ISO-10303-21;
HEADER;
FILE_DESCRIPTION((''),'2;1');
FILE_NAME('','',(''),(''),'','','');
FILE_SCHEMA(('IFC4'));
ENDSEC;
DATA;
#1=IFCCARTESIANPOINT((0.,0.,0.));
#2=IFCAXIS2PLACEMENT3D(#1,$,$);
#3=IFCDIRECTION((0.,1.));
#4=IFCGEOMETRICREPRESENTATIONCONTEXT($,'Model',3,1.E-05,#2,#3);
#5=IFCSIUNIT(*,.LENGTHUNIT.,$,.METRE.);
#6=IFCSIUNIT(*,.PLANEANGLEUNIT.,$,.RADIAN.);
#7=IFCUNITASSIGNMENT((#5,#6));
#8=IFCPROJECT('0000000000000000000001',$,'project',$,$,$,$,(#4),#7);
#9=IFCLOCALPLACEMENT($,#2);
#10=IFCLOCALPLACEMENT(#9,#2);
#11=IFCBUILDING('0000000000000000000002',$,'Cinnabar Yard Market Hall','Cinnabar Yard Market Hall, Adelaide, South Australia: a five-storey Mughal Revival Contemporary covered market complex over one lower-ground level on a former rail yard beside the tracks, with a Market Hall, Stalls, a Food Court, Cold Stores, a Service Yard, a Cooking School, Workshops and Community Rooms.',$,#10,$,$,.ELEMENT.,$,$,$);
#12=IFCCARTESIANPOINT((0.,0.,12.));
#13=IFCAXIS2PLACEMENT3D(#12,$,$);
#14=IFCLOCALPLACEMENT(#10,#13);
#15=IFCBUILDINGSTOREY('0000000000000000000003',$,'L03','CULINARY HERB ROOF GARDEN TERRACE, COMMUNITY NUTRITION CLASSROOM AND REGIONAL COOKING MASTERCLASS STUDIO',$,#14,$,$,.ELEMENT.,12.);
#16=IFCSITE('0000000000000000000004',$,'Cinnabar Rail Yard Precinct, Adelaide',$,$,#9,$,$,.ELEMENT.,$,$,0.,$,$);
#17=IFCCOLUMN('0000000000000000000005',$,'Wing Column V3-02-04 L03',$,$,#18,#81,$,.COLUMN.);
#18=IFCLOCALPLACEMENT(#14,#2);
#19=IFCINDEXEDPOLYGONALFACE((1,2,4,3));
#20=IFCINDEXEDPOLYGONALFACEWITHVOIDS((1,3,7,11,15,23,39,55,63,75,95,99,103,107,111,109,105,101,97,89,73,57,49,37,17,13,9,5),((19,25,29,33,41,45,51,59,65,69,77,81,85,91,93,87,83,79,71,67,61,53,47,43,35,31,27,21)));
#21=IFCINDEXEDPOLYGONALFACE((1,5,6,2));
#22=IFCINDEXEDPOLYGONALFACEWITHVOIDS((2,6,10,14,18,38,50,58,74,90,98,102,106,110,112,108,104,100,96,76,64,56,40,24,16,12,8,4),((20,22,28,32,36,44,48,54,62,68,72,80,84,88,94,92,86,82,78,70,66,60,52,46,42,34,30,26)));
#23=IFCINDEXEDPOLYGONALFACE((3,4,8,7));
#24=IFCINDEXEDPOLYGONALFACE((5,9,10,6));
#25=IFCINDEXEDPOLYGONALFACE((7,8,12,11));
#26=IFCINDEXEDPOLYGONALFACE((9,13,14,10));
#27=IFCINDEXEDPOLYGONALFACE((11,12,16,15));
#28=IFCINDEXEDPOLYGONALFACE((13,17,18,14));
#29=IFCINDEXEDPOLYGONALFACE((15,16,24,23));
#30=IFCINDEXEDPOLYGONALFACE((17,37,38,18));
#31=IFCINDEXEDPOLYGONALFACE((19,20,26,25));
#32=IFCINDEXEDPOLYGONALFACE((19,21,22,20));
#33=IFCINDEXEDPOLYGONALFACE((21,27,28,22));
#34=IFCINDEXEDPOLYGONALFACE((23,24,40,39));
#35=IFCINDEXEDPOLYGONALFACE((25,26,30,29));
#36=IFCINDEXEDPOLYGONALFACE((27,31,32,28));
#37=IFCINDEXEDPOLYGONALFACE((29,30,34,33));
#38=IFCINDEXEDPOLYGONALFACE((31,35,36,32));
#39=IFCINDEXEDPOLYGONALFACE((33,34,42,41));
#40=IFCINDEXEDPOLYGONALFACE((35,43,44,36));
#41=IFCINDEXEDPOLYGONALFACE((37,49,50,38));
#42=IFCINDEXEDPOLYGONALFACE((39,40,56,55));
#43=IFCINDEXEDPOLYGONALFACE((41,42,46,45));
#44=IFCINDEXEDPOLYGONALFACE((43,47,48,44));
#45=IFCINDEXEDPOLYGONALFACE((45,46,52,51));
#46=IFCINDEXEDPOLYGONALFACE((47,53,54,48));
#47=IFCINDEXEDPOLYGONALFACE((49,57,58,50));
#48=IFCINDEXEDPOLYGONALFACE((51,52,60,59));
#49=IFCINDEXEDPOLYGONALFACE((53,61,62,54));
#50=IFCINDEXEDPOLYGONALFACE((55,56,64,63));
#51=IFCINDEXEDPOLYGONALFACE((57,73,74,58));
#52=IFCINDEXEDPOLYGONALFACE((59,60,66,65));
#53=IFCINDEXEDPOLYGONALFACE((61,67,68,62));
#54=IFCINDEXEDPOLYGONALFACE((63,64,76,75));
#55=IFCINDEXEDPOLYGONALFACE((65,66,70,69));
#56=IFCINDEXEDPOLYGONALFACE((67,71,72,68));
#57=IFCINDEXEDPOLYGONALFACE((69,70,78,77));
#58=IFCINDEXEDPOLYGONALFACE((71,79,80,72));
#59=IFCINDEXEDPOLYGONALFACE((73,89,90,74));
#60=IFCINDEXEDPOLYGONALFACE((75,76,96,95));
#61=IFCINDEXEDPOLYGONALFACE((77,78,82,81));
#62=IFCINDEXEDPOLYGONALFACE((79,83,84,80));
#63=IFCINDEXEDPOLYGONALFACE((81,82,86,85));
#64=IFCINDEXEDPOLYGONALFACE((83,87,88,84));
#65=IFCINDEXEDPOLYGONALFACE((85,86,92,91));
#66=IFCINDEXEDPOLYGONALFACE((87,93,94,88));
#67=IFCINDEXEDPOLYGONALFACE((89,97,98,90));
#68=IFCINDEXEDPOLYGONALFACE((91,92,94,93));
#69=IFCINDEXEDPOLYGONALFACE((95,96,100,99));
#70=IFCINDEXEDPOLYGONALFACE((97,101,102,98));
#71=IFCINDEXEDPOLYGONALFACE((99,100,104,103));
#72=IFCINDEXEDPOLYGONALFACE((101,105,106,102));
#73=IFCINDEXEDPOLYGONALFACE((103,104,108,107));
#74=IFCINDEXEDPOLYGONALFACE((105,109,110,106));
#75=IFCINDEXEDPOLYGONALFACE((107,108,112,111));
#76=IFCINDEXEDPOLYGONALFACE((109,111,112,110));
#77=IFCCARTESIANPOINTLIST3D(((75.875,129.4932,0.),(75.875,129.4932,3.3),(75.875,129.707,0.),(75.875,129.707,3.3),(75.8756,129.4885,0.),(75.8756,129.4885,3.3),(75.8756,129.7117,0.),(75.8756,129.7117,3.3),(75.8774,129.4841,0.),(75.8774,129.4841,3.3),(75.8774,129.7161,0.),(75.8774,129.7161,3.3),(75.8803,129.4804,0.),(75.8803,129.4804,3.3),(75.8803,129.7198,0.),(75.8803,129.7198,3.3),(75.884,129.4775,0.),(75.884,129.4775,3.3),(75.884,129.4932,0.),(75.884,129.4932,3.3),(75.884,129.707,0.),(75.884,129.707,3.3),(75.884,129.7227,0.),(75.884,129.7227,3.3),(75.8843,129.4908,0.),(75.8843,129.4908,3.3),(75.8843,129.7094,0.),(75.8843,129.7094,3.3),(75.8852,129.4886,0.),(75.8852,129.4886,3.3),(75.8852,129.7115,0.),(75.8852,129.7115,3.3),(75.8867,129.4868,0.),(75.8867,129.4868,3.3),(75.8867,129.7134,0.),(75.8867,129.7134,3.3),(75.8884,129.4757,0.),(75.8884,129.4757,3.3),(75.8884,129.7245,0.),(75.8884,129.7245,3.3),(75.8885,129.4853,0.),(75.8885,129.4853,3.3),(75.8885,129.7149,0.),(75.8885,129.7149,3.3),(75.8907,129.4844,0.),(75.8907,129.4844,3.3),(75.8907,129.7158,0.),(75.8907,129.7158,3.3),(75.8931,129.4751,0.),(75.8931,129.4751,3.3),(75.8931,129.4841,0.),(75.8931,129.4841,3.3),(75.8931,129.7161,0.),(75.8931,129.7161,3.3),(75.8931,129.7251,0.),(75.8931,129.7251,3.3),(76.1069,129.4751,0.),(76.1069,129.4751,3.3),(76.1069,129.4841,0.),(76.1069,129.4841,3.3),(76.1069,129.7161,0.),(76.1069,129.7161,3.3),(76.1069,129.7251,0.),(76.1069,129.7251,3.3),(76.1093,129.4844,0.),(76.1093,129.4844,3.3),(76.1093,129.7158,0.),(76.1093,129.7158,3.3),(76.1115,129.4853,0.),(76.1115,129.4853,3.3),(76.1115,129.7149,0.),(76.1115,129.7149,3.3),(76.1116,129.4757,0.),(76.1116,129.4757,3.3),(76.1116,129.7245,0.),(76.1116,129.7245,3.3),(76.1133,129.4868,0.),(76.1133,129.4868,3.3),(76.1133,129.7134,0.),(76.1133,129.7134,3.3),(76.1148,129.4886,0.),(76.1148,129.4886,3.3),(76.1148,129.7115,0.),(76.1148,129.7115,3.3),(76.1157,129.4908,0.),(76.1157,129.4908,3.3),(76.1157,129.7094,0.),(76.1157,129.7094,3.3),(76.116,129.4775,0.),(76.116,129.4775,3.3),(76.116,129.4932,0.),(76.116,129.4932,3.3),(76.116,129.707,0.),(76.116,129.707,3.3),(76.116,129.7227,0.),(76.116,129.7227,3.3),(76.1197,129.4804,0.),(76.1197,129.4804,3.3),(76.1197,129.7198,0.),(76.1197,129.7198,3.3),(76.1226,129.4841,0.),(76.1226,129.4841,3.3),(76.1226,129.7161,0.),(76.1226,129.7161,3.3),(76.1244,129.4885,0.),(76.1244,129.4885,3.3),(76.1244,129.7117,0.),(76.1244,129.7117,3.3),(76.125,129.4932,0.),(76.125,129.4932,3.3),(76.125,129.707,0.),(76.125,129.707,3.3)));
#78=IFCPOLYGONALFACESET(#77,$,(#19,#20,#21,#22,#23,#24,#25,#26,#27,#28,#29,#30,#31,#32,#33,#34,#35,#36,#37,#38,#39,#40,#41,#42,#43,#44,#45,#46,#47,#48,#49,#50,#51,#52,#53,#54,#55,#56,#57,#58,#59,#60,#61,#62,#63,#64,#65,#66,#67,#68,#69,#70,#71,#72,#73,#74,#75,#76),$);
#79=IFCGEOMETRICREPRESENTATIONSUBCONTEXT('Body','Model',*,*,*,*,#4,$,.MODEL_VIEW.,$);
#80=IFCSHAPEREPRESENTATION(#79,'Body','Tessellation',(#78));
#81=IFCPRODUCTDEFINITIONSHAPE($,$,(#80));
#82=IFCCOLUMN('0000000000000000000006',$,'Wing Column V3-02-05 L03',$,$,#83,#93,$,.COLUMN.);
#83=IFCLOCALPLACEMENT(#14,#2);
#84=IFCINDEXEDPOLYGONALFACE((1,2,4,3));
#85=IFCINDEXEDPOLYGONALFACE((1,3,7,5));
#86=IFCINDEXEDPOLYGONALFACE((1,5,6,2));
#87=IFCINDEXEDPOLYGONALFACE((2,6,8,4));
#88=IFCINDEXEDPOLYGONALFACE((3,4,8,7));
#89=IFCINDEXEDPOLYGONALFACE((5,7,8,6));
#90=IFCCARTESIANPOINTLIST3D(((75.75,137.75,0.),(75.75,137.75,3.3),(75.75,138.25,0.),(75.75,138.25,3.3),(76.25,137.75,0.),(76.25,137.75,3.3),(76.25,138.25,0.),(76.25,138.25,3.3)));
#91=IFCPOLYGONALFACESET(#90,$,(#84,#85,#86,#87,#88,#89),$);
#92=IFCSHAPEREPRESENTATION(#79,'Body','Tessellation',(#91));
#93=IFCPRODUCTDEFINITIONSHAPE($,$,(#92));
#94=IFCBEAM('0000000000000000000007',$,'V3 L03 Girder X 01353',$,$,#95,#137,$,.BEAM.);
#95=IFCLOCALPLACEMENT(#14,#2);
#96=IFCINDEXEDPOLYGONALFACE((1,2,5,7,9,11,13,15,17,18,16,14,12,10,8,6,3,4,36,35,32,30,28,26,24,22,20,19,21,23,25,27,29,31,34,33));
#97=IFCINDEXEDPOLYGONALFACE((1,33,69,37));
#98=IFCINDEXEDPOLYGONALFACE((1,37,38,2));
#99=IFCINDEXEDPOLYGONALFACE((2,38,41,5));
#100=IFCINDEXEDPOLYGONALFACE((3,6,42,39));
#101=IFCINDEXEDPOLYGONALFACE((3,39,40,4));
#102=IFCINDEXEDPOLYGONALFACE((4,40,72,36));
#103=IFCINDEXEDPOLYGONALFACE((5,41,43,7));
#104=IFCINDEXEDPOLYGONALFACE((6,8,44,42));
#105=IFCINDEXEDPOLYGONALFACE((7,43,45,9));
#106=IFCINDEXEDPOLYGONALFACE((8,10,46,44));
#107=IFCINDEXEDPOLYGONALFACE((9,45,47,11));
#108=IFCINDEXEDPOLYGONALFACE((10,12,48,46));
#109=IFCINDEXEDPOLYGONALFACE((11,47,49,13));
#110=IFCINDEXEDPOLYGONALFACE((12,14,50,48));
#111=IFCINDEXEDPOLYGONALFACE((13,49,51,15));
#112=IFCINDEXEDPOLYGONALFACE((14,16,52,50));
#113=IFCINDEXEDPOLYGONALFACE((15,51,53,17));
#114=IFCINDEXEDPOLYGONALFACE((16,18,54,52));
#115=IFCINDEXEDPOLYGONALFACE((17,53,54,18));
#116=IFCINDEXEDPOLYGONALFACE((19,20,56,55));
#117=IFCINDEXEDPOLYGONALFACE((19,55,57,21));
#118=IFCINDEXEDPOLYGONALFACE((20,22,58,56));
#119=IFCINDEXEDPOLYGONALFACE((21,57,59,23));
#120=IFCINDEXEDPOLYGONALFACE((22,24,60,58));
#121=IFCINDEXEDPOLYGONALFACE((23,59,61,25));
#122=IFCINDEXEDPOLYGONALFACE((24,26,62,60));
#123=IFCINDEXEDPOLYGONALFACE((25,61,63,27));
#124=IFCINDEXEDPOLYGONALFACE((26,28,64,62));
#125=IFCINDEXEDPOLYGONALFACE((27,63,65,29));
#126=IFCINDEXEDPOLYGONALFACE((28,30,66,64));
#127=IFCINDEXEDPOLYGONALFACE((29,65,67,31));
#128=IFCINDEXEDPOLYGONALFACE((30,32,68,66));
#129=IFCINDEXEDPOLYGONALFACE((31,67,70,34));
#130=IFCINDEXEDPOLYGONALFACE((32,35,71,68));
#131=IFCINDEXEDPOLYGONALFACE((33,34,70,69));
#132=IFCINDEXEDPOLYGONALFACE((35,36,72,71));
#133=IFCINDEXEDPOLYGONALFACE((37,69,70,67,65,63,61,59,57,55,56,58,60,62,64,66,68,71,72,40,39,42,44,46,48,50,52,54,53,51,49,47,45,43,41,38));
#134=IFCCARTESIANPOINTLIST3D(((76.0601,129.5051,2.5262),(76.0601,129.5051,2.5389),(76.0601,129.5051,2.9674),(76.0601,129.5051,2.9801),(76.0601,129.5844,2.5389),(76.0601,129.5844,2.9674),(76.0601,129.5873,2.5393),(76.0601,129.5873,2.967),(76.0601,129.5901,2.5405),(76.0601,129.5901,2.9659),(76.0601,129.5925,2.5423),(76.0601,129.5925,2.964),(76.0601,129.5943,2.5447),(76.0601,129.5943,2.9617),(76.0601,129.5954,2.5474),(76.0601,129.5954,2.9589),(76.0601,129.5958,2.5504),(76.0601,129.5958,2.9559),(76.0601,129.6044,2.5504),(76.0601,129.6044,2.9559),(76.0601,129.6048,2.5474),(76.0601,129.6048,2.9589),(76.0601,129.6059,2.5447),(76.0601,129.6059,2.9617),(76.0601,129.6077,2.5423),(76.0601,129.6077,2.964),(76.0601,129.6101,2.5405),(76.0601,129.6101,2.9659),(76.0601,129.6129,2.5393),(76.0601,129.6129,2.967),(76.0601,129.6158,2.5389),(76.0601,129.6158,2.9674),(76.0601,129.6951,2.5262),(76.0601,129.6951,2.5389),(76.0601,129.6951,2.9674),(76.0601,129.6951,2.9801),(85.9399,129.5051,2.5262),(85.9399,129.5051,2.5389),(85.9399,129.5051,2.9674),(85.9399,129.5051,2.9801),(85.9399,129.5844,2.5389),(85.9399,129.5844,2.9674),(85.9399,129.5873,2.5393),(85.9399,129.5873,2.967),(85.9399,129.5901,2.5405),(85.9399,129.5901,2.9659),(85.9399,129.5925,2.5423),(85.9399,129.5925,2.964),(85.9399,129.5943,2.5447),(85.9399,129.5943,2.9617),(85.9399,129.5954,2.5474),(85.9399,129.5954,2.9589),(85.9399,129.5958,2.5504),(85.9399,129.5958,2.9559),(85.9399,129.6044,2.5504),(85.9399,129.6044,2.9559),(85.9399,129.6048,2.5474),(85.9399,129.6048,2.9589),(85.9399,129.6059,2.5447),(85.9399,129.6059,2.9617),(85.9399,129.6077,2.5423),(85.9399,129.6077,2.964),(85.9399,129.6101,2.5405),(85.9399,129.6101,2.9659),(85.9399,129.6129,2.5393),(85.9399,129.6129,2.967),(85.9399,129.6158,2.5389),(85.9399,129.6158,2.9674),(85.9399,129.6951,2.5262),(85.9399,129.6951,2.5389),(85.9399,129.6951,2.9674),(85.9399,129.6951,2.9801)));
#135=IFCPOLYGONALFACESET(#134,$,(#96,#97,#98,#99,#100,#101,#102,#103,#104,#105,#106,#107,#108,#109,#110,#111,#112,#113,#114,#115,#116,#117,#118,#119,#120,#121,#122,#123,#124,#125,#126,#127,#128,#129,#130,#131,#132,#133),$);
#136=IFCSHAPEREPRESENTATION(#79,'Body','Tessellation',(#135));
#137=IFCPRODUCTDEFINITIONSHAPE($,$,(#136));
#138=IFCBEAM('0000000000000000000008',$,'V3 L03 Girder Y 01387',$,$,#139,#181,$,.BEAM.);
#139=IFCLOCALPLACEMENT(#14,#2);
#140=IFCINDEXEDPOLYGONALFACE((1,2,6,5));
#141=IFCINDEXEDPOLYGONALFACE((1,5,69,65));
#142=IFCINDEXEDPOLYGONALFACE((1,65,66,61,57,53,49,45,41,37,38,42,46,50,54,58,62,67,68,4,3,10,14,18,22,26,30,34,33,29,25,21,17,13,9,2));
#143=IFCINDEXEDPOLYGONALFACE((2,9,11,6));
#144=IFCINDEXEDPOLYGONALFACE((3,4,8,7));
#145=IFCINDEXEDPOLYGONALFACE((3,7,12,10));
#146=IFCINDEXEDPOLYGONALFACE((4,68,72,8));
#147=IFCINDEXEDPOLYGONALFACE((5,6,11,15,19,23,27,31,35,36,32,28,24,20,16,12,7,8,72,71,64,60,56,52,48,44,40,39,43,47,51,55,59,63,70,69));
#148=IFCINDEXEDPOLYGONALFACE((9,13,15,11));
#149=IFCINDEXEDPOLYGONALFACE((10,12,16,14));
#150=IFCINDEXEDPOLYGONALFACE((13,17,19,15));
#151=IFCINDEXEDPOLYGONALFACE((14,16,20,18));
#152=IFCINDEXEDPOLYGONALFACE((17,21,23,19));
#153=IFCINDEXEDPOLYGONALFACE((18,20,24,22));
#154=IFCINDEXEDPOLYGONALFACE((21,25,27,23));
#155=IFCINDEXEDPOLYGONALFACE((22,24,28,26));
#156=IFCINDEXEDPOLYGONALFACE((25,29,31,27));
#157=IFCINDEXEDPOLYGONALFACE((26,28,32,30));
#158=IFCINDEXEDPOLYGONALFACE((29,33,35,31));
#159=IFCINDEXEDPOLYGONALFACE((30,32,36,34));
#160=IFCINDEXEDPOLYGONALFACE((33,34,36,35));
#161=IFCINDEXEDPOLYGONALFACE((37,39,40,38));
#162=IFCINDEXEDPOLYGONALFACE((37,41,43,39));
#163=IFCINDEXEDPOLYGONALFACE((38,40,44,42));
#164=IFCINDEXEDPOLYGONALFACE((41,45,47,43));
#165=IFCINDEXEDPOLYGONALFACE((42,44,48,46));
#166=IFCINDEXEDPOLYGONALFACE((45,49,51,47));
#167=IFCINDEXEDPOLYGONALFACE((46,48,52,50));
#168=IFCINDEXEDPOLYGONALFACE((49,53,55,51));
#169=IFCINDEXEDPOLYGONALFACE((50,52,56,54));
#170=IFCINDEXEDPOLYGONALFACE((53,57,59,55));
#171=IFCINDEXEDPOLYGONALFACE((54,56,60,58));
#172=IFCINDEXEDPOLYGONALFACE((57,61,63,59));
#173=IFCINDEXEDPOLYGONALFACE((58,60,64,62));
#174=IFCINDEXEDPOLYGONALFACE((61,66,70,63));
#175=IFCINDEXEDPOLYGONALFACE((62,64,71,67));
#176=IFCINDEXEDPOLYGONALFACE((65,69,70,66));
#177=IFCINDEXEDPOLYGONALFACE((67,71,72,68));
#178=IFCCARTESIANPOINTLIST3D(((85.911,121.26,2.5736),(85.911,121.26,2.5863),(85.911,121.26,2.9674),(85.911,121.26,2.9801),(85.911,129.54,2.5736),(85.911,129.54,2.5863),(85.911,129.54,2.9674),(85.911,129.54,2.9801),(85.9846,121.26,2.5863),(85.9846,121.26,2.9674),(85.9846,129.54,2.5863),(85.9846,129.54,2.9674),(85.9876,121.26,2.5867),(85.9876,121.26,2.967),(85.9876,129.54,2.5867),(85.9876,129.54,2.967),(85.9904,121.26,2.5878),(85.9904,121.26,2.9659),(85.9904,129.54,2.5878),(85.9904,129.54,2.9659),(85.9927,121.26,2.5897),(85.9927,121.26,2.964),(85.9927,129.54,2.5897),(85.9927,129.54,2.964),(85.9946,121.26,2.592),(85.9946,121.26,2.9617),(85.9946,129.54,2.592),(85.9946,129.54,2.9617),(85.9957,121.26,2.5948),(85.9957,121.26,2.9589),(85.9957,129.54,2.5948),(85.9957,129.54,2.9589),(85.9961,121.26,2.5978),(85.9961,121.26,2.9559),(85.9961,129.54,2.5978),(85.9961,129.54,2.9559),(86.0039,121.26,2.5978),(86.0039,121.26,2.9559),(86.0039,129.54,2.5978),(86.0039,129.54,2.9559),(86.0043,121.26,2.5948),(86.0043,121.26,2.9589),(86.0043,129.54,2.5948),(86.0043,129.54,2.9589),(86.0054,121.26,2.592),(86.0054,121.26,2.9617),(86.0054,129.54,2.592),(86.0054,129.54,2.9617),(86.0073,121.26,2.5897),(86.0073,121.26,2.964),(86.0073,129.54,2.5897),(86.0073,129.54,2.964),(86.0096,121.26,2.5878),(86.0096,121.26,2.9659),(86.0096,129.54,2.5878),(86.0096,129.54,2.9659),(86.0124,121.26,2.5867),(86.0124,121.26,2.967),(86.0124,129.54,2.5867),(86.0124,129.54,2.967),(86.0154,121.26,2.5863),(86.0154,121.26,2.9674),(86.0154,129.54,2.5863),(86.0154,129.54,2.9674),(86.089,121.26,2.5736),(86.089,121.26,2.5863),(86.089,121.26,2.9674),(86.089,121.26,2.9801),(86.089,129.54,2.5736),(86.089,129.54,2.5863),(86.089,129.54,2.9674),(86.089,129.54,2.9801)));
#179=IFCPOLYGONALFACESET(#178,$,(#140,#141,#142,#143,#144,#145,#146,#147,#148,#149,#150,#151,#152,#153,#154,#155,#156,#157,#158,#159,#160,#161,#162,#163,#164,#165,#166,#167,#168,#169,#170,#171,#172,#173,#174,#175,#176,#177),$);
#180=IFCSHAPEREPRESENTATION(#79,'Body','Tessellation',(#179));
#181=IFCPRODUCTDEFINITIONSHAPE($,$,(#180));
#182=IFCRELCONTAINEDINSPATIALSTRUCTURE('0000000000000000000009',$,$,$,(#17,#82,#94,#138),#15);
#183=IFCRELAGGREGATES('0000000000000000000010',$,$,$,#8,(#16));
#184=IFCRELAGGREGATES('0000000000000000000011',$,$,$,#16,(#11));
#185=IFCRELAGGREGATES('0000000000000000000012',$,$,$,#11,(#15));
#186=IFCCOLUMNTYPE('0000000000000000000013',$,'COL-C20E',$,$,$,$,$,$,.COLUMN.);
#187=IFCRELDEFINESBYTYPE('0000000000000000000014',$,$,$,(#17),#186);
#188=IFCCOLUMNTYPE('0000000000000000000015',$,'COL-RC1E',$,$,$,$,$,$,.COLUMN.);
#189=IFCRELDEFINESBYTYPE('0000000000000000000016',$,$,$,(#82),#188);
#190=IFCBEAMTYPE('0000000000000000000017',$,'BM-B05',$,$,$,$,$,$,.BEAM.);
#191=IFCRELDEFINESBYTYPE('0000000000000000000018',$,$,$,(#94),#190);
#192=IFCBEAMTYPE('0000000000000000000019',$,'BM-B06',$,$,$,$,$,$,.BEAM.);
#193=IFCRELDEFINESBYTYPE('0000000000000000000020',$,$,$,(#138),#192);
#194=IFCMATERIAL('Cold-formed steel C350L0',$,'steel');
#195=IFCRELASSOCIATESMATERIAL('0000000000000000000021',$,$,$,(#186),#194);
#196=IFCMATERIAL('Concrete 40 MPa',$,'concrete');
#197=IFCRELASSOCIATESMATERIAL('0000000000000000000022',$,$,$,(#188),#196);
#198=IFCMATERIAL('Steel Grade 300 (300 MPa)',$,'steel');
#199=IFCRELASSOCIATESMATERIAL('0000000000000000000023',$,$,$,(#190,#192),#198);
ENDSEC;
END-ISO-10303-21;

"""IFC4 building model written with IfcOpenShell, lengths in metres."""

from ifc_helpers import new_model, si_unit, direction, frame, origin, origin_2d_with_axis, place, context, subcontext, project, spatial, rectangle, hollow_rectangle, i_section, extrude, material, material_profile, profile_set, type_object, element, save


model = new_model("IFC4")

# Units and contexts
model_context = context("Model", 3, precision=1e-05, world=origin(), true_north=direction((0.0, 1.0)))
body_context = subcontext(model_context, "Body", "Model", "MODEL_VIEW")
ifc_project = project(units=[si_unit("LENGTHUNIT", "METRE"), si_unit("PLANEANGLEUNIT", "RADIAN")], contexts=[model_context])

# Site, building, storey
site_placement = place(None, origin())
site = spatial("IfcSite", under=ifc_project, at=site_placement, Name="Cinnabar Rail Yard Precinct, Adelaide", CompositionType="ELEMENT", RefElevation=0.0)
building_placement = place(site_placement, origin())
building = spatial("IfcBuilding", under=site, at=building_placement, Name="Cinnabar Yard Market Hall", Description="Cinnabar Yard Market Hall, Adelaide, South Australia: a five-storey Mughal Revival Contemporary covered market complex over one lower-ground level on a former rail yard beside the tracks, with a Market Hall, Stalls, a Food Court, Cold Stores, a Service Yard, a Cooking School, Workshops and Community Rooms.", CompositionType="ELEMENT")
storey_placement = place(building_placement, frame((0.0, 0.0, 12.0)))
storey = spatial("IfcBuildingStorey", under=building, at=storey_placement, Name="L03", Description="CULINARY HERB ROOF GARDEN TERRACE, COMMUNITY NUTRITION CLASSROOM AND REGIONAL COOKING MASTERCLASS STUDIO", CompositionType="ELEMENT", Elevation=12.0)

# Columns
ifc_material_1 = material(Name="Cold-formed steel C350L0", Category="steel")
ifc_material_profile_1 = material_profile(ifc_material_1, hollow_rectangle(XDim=0.25, YDim=0.25, WallThickness=0.009, InnerFilletRadius=0.009, OuterFilletRadius=0.0181, at=origin_2d_with_axis()), Name="250x250x9.0SHS")
ifc_profile_set_1 = profile_set([ifc_material_profile_1], Name="Cold-formed steel C350L0")
column_type_1 = type_object("IfcColumnType", Name="COL-C20E", PredefinedType="COLUMN", material=ifc_profile_set_1)
column_1_placement = place(storey_placement, frame((76.0, 129.6001, 0.0), z_axis=(0.0, 0.0, 1.0), x_axis=(1.0, 0.0, 0.0)))
element("IfcColumn", 1, at=column_1_placement, inside=storey, type_object=column_type_1, Name="Wing Column V3-02-04 L03", PredefinedType="COLUMN", context=body_context, shape_type="SweptSolid", body=[
    extrude(hollow_rectangle(XDim=0.25, YDim=0.25, WallThickness=0.009, InnerFilletRadius=0.009, OuterFilletRadius=0.0181, at=origin_2d_with_axis()), origin(), (0.0, 0.0, 1.0), 3.3),
])
ifc_material_2 = material(Name="Concrete 40 MPa", Category="concrete")
ifc_material_profile_2 = material_profile(ifc_material_2, rectangle(XDim=0.5, YDim=0.5, at=origin_2d_with_axis()), Name="RC-500x500")
ifc_profile_set_2 = profile_set([ifc_material_profile_2], Name="Concrete 40 MPa")
column_type_2 = type_object("IfcColumnType", Name="COL-RC1E", PredefinedType="COLUMN", material=ifc_profile_set_2)
column_2_placement = place(storey_placement, frame((76.0, 138.0, 0.0), z_axis=(0.0, 0.0, 1.0), x_axis=(1.0, 0.0, 0.0)))
element("IfcColumn", 2, at=column_2_placement, inside=storey, type_object=column_type_2, Name="Wing Column V3-02-05 L03", PredefinedType="COLUMN", context=body_context, shape_type="SweptSolid", body=[
    extrude(rectangle(XDim=0.5, YDim=0.5, at=origin_2d_with_axis()), origin(), (0.0, 0.0, 1.0), 3.3),
])

# Beams
ifc_material_3 = material(Name="Steel Grade 300 (300 MPa)", Category="steel")
ifc_material_profile_3 = material_profile(ifc_material_3, i_section(OverallWidth=0.1899, OverallDepth=0.4539, WebThickness=0.0085, FlangeThickness=0.0127, FilletRadius=0.0115, at=origin_2d_with_axis()), Name="460UB67.1")
ifc_profile_set_3 = profile_set([ifc_material_profile_3], Name="Steel Grade 300 (300 MPa)")
beam_type_1 = type_object("IfcBeamType", Name="BM-B05", PredefinedType="BEAM", material=ifc_profile_set_3)
beam_1_placement = place(storey_placement, frame((76.0601, 129.6001, 2.7532), z_axis=(1.0, 0.0, 0.0), x_axis=(0.0, 1.0, 0.0)))
element("IfcBeam", 3, at=beam_1_placement, inside=storey, type_object=beam_type_1, Name="V3 L03 Girder X 01353", PredefinedType="BEAM", context=body_context, shape_type="SweptSolid", body=[
    extrude(i_section(OverallWidth=0.1899, OverallDepth=0.4539, WebThickness=0.0085, FlangeThickness=0.0127, FilletRadius=0.0115, at=origin_2d_with_axis()), origin(), (0.0, 0.0, 1.0), 9.8799),
])
ifc_material_profile_4 = material_profile(ifc_material_3, i_section(OverallWidth=0.178, OverallDepth=0.4065, WebThickness=0.0078, FlangeThickness=0.0127, FilletRadius=0.0115, at=origin_2d_with_axis()), Name="410UB59.7")
ifc_profile_set_4 = profile_set([ifc_material_profile_4], Name="Steel Grade 300 (300 MPa)")
beam_type_2 = type_object("IfcBeamType", Name="BM-B06", PredefinedType="BEAM", material=ifc_profile_set_4)
beam_2_placement = place(storey_placement, frame((86.0, 121.26, 2.7769), z_axis=(0.0, 1.0, 0.0), x_axis=(-1.0, 0.0, 0.0)))
element("IfcBeam", 4, at=beam_2_placement, inside=storey, type_object=beam_type_2, Name="V3 L03 Girder Y 01387", PredefinedType="BEAM", context=body_context, shape_type="SweptSolid", body=[
    extrude(i_section(OverallWidth=0.178, OverallDepth=0.4065, WebThickness=0.0078, FlangeThickness=0.0127, FilletRadius=0.0115, at=origin_2d_with_axis()), origin(), (0.0, 0.0, 1.0), 8.28),
])

save(model, "model.ifc")
